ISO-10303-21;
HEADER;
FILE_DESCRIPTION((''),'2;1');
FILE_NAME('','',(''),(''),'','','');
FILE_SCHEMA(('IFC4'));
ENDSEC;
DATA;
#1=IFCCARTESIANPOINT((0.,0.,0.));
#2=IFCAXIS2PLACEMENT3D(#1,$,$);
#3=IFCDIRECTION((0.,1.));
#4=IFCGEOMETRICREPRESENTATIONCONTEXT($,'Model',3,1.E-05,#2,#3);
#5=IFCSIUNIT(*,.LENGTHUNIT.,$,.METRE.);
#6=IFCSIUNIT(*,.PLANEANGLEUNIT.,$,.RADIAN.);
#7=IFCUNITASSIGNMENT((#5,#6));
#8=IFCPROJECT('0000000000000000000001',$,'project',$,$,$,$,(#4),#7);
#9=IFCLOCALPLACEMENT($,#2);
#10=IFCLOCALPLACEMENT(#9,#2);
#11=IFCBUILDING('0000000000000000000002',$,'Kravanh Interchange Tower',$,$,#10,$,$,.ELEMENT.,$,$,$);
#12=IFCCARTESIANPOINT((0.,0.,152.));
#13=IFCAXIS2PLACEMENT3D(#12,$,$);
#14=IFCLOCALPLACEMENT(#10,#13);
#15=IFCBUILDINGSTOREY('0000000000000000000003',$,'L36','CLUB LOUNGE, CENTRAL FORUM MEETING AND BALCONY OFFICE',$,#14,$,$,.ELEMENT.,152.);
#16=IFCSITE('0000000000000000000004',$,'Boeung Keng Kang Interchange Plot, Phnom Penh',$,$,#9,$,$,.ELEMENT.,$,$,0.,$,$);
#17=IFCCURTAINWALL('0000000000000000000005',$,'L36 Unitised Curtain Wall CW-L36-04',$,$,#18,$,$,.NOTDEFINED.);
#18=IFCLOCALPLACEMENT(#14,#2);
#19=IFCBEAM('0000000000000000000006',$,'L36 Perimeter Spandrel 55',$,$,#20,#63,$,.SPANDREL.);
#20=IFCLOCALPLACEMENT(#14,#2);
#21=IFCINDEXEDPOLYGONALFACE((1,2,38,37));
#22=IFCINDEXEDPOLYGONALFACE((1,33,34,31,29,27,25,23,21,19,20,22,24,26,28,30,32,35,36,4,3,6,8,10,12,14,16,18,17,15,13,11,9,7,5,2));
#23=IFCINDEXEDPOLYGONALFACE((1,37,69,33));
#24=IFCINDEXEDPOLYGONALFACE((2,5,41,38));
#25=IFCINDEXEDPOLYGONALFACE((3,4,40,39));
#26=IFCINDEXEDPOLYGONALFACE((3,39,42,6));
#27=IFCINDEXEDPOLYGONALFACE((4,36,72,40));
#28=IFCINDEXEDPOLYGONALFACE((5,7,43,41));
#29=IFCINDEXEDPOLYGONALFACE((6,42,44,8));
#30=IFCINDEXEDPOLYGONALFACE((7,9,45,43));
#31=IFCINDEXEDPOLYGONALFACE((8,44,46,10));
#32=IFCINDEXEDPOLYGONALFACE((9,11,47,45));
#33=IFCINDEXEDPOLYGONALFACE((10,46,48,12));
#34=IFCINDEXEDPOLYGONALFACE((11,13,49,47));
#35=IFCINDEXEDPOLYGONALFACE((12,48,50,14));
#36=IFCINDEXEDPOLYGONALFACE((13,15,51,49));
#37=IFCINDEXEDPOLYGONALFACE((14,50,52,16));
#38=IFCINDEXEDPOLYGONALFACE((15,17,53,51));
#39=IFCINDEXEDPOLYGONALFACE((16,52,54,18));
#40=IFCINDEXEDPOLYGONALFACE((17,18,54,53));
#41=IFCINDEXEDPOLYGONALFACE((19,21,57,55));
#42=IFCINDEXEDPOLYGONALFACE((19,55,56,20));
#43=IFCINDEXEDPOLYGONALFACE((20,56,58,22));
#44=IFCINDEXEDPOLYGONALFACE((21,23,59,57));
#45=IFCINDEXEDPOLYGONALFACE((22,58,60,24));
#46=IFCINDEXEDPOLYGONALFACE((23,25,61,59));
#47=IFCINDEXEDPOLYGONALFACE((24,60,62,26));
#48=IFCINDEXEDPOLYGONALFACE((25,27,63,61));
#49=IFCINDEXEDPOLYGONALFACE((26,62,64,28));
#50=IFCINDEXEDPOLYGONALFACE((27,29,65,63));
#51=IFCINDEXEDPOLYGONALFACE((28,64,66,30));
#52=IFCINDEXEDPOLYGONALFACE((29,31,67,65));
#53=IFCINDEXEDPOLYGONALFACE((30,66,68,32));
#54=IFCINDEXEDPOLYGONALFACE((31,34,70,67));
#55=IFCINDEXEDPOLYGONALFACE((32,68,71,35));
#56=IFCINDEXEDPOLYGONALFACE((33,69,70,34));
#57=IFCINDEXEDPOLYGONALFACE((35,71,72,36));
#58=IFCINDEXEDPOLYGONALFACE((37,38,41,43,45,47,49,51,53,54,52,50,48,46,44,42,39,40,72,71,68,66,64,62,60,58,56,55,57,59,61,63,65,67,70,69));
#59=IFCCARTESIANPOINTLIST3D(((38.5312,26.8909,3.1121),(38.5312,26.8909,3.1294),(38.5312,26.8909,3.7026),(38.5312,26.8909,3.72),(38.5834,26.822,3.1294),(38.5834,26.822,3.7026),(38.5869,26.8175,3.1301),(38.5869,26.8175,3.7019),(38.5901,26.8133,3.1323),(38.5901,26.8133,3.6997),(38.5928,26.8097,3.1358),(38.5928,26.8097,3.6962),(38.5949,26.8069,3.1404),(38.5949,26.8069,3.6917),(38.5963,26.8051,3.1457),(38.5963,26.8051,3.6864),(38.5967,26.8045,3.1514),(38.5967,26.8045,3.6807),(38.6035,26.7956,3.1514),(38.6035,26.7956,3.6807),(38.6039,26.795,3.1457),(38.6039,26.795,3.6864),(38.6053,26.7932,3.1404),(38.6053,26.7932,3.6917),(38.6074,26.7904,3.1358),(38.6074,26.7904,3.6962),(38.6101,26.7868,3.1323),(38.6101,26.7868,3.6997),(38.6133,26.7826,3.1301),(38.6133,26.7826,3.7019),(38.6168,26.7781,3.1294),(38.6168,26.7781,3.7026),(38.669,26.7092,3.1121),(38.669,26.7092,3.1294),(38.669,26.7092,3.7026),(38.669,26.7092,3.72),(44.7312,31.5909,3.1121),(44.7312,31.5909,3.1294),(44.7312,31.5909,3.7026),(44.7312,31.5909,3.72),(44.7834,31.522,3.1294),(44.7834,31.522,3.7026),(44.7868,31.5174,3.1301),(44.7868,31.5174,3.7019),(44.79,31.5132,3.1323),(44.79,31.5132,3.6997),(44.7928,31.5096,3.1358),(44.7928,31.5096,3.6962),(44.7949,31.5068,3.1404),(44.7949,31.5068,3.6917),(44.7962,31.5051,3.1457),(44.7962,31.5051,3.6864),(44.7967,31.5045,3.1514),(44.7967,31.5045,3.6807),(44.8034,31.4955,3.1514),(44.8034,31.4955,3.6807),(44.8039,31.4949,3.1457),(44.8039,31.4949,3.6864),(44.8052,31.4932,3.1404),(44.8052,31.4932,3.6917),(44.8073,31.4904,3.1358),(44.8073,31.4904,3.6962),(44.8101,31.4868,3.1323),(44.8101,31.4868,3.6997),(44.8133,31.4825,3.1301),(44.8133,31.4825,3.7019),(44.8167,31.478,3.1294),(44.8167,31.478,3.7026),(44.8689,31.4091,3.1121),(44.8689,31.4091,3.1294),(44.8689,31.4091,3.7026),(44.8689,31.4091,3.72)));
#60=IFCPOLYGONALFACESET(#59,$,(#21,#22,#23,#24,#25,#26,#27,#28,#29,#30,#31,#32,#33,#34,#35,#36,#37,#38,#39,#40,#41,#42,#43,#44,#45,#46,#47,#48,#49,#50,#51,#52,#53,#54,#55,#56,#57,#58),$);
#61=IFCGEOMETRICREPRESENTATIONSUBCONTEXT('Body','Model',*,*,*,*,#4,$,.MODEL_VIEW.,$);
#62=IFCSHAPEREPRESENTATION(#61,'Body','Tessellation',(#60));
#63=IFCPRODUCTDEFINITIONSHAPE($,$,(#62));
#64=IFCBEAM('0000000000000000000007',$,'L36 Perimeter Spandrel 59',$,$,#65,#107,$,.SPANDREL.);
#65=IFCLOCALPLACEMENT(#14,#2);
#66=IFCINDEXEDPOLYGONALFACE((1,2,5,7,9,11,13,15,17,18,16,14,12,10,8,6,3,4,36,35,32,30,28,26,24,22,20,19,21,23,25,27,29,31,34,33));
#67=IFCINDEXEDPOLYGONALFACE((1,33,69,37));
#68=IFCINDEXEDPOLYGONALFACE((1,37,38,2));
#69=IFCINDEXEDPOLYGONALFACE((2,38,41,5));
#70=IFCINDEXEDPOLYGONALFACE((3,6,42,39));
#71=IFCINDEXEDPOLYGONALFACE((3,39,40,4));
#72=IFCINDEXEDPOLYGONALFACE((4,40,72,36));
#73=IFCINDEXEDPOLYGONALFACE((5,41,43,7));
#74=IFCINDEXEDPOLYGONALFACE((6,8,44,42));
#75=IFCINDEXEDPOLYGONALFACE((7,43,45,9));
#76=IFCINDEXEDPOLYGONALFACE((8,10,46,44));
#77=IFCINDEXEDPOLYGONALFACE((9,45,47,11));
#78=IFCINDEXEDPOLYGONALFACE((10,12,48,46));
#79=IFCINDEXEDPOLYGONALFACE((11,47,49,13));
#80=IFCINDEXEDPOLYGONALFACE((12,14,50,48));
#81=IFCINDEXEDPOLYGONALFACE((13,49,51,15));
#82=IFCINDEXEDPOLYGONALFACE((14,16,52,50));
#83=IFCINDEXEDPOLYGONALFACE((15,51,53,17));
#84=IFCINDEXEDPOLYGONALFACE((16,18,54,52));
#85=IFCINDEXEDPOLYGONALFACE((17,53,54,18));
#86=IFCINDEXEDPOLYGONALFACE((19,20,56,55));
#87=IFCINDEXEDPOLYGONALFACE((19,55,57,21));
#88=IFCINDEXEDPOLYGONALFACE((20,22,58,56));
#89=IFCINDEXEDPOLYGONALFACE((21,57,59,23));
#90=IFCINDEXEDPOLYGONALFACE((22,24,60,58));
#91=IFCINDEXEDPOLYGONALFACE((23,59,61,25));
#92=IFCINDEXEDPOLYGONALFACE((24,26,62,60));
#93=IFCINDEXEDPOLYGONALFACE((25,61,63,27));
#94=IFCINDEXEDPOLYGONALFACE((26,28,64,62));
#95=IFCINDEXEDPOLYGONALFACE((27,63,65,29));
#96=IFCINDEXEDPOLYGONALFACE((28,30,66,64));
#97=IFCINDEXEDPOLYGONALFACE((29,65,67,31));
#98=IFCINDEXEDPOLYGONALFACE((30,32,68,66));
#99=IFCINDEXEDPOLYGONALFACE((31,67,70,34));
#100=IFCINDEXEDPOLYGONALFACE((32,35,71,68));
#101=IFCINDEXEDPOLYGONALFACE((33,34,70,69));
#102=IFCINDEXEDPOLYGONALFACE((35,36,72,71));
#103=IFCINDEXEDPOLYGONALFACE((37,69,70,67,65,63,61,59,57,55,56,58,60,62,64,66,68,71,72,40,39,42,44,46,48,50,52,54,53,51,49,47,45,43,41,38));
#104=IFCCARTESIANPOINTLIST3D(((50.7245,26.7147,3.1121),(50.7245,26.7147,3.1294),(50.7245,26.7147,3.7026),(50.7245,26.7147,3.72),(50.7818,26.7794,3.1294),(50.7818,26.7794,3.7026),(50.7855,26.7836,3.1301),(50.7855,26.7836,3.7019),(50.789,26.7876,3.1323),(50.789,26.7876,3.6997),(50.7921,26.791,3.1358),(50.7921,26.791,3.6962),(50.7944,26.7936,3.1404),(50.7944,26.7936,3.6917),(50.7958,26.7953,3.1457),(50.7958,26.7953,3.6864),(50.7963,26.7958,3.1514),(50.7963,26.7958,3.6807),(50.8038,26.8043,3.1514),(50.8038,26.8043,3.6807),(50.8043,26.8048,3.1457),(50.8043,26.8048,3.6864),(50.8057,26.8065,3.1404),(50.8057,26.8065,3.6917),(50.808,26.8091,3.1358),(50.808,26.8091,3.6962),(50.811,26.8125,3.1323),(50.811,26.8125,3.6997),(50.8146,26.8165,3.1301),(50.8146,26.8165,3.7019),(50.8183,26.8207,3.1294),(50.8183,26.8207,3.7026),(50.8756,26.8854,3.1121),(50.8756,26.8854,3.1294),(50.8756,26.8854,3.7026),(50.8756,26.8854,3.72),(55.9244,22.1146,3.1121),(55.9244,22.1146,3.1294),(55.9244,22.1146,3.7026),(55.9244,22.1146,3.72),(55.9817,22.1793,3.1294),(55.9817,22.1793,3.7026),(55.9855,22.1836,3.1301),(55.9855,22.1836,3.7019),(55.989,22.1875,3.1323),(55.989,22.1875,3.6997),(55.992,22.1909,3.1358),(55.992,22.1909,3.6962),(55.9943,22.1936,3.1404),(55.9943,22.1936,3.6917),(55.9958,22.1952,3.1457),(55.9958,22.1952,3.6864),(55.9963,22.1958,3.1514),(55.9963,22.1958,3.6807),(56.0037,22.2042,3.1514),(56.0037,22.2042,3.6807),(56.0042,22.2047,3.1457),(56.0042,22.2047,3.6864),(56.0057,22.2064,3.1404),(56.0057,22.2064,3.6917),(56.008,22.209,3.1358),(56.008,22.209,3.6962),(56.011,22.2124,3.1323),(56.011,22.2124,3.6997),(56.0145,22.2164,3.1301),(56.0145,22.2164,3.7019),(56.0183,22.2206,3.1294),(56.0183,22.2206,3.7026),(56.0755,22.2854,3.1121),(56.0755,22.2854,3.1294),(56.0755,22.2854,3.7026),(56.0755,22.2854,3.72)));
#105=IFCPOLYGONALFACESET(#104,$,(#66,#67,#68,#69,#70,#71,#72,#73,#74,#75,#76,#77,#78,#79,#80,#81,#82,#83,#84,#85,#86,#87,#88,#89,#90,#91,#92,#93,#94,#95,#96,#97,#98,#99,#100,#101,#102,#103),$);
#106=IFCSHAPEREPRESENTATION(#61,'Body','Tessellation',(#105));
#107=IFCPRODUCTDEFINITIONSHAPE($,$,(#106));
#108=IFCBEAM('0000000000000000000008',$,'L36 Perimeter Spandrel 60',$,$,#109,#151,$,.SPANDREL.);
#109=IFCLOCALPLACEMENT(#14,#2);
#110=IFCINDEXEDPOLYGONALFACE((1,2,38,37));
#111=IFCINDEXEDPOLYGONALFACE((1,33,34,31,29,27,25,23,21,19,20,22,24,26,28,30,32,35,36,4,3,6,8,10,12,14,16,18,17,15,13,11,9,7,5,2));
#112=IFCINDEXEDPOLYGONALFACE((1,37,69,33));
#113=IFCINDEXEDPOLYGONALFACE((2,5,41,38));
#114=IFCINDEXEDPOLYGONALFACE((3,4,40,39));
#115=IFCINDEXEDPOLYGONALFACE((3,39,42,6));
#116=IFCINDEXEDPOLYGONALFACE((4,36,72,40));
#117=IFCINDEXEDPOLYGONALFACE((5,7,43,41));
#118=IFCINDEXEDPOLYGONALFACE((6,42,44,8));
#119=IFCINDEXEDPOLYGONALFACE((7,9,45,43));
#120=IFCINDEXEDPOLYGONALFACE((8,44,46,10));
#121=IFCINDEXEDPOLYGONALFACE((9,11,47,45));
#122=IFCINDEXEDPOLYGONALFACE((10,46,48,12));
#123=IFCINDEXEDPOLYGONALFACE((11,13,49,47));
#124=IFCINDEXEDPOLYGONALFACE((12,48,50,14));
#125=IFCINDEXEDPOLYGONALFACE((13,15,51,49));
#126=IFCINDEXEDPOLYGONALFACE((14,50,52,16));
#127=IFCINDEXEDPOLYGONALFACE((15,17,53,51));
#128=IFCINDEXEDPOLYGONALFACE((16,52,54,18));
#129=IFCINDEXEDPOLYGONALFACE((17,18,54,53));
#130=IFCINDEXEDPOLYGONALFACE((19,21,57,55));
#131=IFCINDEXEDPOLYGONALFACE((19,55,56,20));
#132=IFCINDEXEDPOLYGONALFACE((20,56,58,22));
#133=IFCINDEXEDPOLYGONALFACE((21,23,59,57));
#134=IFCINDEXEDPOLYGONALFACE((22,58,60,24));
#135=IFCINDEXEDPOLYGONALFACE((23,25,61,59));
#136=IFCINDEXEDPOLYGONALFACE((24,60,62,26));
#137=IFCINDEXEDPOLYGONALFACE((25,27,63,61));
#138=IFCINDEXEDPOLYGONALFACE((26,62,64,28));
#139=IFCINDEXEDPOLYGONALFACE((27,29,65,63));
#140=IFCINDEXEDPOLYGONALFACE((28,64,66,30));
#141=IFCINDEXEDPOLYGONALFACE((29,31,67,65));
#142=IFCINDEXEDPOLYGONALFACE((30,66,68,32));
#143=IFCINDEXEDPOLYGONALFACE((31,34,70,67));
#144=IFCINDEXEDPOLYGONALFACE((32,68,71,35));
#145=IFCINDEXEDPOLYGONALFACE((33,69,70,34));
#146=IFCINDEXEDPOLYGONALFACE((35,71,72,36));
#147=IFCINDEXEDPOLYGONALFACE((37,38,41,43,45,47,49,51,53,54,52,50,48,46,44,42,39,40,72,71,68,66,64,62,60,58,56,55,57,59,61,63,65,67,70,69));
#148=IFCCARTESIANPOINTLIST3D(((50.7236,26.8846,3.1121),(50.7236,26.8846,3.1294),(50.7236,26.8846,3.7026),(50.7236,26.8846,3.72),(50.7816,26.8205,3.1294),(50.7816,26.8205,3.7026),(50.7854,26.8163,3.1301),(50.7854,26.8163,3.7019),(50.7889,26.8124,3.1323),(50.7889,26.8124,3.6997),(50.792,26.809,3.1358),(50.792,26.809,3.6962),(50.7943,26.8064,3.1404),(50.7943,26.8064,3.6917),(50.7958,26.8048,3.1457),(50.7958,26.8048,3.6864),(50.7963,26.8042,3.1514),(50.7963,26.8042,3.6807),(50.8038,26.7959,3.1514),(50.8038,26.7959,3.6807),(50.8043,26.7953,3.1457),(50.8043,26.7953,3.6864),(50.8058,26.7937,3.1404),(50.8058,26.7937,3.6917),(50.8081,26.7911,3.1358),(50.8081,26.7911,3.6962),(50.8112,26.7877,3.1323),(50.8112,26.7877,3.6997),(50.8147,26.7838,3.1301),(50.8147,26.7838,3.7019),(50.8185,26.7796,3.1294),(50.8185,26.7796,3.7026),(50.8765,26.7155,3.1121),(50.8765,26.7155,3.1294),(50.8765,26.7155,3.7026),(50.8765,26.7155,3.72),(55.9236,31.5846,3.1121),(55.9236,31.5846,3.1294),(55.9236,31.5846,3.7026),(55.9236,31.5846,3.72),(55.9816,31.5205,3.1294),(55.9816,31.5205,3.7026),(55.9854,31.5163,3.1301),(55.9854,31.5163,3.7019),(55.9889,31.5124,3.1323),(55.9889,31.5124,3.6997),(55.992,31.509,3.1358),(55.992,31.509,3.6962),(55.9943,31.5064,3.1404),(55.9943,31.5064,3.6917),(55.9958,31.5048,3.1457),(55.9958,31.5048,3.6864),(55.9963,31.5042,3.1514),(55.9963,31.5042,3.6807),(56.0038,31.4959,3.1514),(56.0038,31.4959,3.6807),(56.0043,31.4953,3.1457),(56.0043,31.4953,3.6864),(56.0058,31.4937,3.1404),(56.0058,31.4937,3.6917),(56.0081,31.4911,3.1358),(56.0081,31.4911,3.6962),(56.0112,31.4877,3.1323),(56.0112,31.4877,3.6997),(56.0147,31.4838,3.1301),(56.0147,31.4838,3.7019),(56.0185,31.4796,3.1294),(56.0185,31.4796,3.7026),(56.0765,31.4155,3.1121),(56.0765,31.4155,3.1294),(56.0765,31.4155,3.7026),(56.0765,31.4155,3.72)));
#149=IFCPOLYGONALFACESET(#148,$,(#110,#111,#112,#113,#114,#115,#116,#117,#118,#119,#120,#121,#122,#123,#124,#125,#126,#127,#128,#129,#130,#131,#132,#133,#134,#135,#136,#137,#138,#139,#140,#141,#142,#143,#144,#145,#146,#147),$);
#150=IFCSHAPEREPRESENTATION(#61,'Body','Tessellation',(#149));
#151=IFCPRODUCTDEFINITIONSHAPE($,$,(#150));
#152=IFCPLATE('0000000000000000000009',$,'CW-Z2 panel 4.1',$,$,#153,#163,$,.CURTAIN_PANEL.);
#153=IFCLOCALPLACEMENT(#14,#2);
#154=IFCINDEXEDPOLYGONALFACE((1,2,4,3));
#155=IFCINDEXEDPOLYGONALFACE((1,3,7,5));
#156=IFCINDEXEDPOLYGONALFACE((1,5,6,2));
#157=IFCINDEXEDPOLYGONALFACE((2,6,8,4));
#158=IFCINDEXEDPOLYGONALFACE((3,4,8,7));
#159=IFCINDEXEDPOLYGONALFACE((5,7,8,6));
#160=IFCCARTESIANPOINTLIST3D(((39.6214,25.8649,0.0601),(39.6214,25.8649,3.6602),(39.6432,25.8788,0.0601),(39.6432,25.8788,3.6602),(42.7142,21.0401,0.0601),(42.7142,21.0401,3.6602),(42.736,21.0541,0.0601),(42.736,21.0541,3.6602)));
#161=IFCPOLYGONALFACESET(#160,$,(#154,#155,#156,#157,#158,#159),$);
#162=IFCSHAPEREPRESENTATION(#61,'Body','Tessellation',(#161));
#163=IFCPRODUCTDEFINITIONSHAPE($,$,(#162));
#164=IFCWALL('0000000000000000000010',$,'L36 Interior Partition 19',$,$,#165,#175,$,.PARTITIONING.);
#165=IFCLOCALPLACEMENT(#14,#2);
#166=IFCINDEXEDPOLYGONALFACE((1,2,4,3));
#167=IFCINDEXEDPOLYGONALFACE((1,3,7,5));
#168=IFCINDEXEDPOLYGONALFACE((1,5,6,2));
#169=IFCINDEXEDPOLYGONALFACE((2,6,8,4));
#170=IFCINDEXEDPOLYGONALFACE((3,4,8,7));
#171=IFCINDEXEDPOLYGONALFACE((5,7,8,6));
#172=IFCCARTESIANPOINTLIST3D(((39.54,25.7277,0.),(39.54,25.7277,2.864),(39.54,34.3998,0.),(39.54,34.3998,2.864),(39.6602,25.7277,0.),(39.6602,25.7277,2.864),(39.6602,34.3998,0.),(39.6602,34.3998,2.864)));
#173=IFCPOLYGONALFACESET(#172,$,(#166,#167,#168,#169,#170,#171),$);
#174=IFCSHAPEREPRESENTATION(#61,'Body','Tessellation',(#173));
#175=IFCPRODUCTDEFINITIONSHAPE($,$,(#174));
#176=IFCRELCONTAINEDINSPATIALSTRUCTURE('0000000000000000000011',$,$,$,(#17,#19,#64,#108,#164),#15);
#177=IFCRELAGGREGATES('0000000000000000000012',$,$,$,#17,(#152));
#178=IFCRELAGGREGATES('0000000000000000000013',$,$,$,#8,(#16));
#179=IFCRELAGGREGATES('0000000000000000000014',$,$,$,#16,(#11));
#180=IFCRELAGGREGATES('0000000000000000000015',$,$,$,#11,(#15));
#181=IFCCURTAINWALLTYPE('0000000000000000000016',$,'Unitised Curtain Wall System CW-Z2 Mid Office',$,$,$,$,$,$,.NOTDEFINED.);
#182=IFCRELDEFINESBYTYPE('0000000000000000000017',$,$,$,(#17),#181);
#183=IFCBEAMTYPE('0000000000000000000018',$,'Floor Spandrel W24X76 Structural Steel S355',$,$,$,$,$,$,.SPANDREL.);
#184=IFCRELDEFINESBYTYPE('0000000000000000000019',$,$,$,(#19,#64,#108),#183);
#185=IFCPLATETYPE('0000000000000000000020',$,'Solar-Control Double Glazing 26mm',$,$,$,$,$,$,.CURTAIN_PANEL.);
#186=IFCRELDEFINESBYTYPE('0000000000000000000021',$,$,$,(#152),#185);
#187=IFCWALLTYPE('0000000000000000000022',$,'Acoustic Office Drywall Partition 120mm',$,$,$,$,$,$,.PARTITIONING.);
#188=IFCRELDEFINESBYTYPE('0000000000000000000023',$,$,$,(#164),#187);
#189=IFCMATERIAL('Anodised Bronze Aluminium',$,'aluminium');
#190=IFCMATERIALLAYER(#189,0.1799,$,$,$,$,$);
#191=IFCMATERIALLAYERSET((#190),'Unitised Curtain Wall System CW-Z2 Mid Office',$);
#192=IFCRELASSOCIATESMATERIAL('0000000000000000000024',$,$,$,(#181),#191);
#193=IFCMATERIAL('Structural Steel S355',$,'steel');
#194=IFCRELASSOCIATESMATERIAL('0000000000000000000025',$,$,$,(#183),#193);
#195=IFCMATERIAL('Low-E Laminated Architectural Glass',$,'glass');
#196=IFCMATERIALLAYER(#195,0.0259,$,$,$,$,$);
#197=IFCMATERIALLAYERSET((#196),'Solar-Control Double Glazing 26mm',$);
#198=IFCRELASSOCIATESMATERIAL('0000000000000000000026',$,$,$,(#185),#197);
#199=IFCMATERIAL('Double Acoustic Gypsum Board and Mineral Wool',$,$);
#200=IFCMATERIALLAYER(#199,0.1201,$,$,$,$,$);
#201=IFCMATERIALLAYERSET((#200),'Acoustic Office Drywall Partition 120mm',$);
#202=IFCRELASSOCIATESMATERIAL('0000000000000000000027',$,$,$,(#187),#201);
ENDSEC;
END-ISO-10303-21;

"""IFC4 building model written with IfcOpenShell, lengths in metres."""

from ifc_helpers import new_model, si_unit, direction, frame, frame_2d, origin, origin_2d, place, context, subcontext, project, spatial, rectangle, i_section, extrude, material, layer, layer_set, material_profile, profile_set, type_object, element, aggregate, save


model = new_model("IFC4")

# Units and contexts
model_context = context("Model", 3, precision=1e-05, world=origin(), true_north=direction((0.0, 1.0)))
body_context = subcontext(model_context, "Body", "Model", "MODEL_VIEW")
ifc_project = project(units=[si_unit("LENGTHUNIT", "METRE"), si_unit("PLANEANGLEUNIT", "RADIAN")], contexts=[model_context])

# Site, building, storey
site_placement = place(None, origin())
site = spatial("IfcSite", under=ifc_project, at=site_placement, Name="Boeung Keng Kang Interchange Plot, Phnom Penh", CompositionType="ELEMENT", RefElevation=0.0)
building_placement = place(site_placement, origin())
building = spatial("IfcBuilding", under=site, at=building_placement, Name="Kravanh Interchange Tower", CompositionType="ELEMENT")
storey_placement = place(building_placement, frame((0.0, 0.0, 152.0)))
storey = spatial("IfcBuildingStorey", under=building, at=storey_placement, Name="L36", Description="CLUB LOUNGE, CENTRAL FORUM MEETING AND BALCONY OFFICE", CompositionType="ELEMENT", Elevation=152.0)

# Curtain wall
ifc_material_1 = material(Name="Anodised Bronze Aluminium", Category="aluminium")
ifc_layer_1 = layer(ifc_material_1, 0.1799)
ifc_layer_set_1 = layer_set([ifc_layer_1], Name="Unitised Curtain Wall System CW-Z2 Mid Office")
curtain_wall_type = type_object("IfcCurtainWallType", Name="Unitised Curtain Wall System CW-Z2 Mid Office", PredefinedType="NOTDEFINED", material=ifc_layer_set_1)
curtain_wall_1_placement = place(storey_placement, origin())
curtain_wall_1 = element("IfcCurtainWall", 1, at=curtain_wall_1_placement, inside=storey, type_object=curtain_wall_type, Name="L36 Unitised Curtain Wall CW-L36-04", PredefinedType="NOTDEFINED")

# Beams
ifc_material_2 = material(Name="Structural Steel S355", Category="steel")
ifc_material_profile_1 = material_profile(ifc_material_2, i_section(OverallWidth=0.228, OverallDepth=0.6079, WebThickness=0.0112, FlangeThickness=0.0173, FilletRadius=0.022, at=origin_2d()), Name="W24X76")
ifc_profile_set_1 = profile_set([ifc_material_profile_1], Name="Structural Steel S355")
beam_type_1 = type_object("IfcBeamType", Name="Floor Spandrel W24X76 Structural Steel S355", PredefinedType="SPANDREL", material=ifc_profile_set_1)
beam_1_placement = place(storey_placement, frame((38.6001, 26.8, 3.416), z_axis=(0.796905, 0.604104, 0.0), x_axis=(-0.604104, 0.796905, 0.0)))
element("IfcBeam", 2, at=beam_1_placement, inside=storey, type_object=beam_type_1, Name="L36 Perimeter Spandrel 55", PredefinedType="SPANDREL", context=body_context, shape_type="SweptSolid", body=[
    extrude(i_section(OverallWidth=0.228, OverallDepth=0.6079, WebThickness=0.0112, FlangeThickness=0.0173, FilletRadius=0.022, at=origin_2d()), origin(), (0.0, 0.0, 1.0), 7.78),
])
beam_2_placement = place(storey_placement, frame((50.8, 26.8, 3.416), z_axis=(0.748986, -0.662585, 0.0), x_axis=(0.662585, 0.748986, 0.0)))
element("IfcBeam", 3, at=beam_2_placement, inside=storey, type_object=beam_type_1, Name="L36 Perimeter Spandrel 59", PredefinedType="SPANDREL", context=body_context, shape_type="SweptSolid", body=[
    extrude(i_section(OverallWidth=0.228, OverallDepth=0.6079, WebThickness=0.0112, FlangeThickness=0.0173, FilletRadius=0.022, at=origin_2d()), origin(), (0.0, 0.0, 1.0), 6.9426),
])
beam_3_placement = place(storey_placement, frame((50.8, 26.8, 3.416), z_axis=(0.741874, 0.670539, 0.0), x_axis=(-0.670539, 0.741874, 0.0)))
element("IfcBeam", 4, at=beam_3_placement, inside=storey, type_object=beam_type_1, Name="L36 Perimeter Spandrel 60", PredefinedType="SPANDREL", context=body_context, shape_type="SweptSolid", body=[
    extrude(i_section(OverallWidth=0.228, OverallDepth=0.6079, WebThickness=0.0112, FlangeThickness=0.0173, FilletRadius=0.022, at=origin_2d()), origin(), (0.0, 0.0, 1.0), 7.0093),
])

# Plate
ifc_material_3 = material(Name="Low-E Laminated Architectural Glass", Category="glass")
ifc_layer_2 = layer(ifc_material_3, 0.0259)
ifc_layer_set_2 = layer_set([ifc_layer_2], Name="Solar-Control Double Glazing 26mm")
plate_type = type_object("IfcPlateType", Name="Solar-Control Double Glazing 26mm", PredefinedType="CURTAIN_PANEL", material=ifc_layer_set_2)
plate_placement = place(storey_placement, frame((41.1787, 23.4595, 0.0601), z_axis=(0.0, 0.0, 1.0), x_axis=(-0.539665, 0.84188, 0.0)))
plate = element("IfcPlate", 5, at=plate_placement, type_object=plate_type, Name="CW-Z2 panel 4.1", PredefinedType="CURTAIN_PANEL", context=body_context, shape_type="SweptSolid", body=[
    extrude(rectangle(XDim=5.731, YDim=0.0259, at=origin_2d()), origin(), (0.0, 0.0, 1.0), 3.6001),
])
aggregate(curtain_wall_1, [plate])

# Wall
ifc_material_4 = material(Name="Double Acoustic Gypsum Board and Mineral Wool")
ifc_layer_3 = layer(ifc_material_4, 0.1201)
ifc_layer_set_3 = layer_set([ifc_layer_3], Name="Acoustic Office Drywall Partition 120mm")
wall_type = type_object("IfcWallType", Name="Acoustic Office Drywall Partition 120mm", PredefinedType="PARTITIONING", material=ifc_layer_set_3)
wall_placement = place(storey_placement, frame((39.6001, 25.7278, 0.0), z_axis=(0.0, 0.0, 1.0), x_axis=(0.0, 1.0, 0.0)))
element("IfcWall", 6, at=wall_placement, inside=storey, type_object=wall_type, Name="L36 Interior Partition 19", PredefinedType="PARTITIONING", context=body_context, shape_type="SweptSolid", body=[
    extrude(rectangle(XDim=8.6721, YDim=0.1201, at=frame_2d((4.3359, 0.0))), origin(), (0.0, 0.0, 1.0), 2.864),
])

save(model, "model.ifc")
